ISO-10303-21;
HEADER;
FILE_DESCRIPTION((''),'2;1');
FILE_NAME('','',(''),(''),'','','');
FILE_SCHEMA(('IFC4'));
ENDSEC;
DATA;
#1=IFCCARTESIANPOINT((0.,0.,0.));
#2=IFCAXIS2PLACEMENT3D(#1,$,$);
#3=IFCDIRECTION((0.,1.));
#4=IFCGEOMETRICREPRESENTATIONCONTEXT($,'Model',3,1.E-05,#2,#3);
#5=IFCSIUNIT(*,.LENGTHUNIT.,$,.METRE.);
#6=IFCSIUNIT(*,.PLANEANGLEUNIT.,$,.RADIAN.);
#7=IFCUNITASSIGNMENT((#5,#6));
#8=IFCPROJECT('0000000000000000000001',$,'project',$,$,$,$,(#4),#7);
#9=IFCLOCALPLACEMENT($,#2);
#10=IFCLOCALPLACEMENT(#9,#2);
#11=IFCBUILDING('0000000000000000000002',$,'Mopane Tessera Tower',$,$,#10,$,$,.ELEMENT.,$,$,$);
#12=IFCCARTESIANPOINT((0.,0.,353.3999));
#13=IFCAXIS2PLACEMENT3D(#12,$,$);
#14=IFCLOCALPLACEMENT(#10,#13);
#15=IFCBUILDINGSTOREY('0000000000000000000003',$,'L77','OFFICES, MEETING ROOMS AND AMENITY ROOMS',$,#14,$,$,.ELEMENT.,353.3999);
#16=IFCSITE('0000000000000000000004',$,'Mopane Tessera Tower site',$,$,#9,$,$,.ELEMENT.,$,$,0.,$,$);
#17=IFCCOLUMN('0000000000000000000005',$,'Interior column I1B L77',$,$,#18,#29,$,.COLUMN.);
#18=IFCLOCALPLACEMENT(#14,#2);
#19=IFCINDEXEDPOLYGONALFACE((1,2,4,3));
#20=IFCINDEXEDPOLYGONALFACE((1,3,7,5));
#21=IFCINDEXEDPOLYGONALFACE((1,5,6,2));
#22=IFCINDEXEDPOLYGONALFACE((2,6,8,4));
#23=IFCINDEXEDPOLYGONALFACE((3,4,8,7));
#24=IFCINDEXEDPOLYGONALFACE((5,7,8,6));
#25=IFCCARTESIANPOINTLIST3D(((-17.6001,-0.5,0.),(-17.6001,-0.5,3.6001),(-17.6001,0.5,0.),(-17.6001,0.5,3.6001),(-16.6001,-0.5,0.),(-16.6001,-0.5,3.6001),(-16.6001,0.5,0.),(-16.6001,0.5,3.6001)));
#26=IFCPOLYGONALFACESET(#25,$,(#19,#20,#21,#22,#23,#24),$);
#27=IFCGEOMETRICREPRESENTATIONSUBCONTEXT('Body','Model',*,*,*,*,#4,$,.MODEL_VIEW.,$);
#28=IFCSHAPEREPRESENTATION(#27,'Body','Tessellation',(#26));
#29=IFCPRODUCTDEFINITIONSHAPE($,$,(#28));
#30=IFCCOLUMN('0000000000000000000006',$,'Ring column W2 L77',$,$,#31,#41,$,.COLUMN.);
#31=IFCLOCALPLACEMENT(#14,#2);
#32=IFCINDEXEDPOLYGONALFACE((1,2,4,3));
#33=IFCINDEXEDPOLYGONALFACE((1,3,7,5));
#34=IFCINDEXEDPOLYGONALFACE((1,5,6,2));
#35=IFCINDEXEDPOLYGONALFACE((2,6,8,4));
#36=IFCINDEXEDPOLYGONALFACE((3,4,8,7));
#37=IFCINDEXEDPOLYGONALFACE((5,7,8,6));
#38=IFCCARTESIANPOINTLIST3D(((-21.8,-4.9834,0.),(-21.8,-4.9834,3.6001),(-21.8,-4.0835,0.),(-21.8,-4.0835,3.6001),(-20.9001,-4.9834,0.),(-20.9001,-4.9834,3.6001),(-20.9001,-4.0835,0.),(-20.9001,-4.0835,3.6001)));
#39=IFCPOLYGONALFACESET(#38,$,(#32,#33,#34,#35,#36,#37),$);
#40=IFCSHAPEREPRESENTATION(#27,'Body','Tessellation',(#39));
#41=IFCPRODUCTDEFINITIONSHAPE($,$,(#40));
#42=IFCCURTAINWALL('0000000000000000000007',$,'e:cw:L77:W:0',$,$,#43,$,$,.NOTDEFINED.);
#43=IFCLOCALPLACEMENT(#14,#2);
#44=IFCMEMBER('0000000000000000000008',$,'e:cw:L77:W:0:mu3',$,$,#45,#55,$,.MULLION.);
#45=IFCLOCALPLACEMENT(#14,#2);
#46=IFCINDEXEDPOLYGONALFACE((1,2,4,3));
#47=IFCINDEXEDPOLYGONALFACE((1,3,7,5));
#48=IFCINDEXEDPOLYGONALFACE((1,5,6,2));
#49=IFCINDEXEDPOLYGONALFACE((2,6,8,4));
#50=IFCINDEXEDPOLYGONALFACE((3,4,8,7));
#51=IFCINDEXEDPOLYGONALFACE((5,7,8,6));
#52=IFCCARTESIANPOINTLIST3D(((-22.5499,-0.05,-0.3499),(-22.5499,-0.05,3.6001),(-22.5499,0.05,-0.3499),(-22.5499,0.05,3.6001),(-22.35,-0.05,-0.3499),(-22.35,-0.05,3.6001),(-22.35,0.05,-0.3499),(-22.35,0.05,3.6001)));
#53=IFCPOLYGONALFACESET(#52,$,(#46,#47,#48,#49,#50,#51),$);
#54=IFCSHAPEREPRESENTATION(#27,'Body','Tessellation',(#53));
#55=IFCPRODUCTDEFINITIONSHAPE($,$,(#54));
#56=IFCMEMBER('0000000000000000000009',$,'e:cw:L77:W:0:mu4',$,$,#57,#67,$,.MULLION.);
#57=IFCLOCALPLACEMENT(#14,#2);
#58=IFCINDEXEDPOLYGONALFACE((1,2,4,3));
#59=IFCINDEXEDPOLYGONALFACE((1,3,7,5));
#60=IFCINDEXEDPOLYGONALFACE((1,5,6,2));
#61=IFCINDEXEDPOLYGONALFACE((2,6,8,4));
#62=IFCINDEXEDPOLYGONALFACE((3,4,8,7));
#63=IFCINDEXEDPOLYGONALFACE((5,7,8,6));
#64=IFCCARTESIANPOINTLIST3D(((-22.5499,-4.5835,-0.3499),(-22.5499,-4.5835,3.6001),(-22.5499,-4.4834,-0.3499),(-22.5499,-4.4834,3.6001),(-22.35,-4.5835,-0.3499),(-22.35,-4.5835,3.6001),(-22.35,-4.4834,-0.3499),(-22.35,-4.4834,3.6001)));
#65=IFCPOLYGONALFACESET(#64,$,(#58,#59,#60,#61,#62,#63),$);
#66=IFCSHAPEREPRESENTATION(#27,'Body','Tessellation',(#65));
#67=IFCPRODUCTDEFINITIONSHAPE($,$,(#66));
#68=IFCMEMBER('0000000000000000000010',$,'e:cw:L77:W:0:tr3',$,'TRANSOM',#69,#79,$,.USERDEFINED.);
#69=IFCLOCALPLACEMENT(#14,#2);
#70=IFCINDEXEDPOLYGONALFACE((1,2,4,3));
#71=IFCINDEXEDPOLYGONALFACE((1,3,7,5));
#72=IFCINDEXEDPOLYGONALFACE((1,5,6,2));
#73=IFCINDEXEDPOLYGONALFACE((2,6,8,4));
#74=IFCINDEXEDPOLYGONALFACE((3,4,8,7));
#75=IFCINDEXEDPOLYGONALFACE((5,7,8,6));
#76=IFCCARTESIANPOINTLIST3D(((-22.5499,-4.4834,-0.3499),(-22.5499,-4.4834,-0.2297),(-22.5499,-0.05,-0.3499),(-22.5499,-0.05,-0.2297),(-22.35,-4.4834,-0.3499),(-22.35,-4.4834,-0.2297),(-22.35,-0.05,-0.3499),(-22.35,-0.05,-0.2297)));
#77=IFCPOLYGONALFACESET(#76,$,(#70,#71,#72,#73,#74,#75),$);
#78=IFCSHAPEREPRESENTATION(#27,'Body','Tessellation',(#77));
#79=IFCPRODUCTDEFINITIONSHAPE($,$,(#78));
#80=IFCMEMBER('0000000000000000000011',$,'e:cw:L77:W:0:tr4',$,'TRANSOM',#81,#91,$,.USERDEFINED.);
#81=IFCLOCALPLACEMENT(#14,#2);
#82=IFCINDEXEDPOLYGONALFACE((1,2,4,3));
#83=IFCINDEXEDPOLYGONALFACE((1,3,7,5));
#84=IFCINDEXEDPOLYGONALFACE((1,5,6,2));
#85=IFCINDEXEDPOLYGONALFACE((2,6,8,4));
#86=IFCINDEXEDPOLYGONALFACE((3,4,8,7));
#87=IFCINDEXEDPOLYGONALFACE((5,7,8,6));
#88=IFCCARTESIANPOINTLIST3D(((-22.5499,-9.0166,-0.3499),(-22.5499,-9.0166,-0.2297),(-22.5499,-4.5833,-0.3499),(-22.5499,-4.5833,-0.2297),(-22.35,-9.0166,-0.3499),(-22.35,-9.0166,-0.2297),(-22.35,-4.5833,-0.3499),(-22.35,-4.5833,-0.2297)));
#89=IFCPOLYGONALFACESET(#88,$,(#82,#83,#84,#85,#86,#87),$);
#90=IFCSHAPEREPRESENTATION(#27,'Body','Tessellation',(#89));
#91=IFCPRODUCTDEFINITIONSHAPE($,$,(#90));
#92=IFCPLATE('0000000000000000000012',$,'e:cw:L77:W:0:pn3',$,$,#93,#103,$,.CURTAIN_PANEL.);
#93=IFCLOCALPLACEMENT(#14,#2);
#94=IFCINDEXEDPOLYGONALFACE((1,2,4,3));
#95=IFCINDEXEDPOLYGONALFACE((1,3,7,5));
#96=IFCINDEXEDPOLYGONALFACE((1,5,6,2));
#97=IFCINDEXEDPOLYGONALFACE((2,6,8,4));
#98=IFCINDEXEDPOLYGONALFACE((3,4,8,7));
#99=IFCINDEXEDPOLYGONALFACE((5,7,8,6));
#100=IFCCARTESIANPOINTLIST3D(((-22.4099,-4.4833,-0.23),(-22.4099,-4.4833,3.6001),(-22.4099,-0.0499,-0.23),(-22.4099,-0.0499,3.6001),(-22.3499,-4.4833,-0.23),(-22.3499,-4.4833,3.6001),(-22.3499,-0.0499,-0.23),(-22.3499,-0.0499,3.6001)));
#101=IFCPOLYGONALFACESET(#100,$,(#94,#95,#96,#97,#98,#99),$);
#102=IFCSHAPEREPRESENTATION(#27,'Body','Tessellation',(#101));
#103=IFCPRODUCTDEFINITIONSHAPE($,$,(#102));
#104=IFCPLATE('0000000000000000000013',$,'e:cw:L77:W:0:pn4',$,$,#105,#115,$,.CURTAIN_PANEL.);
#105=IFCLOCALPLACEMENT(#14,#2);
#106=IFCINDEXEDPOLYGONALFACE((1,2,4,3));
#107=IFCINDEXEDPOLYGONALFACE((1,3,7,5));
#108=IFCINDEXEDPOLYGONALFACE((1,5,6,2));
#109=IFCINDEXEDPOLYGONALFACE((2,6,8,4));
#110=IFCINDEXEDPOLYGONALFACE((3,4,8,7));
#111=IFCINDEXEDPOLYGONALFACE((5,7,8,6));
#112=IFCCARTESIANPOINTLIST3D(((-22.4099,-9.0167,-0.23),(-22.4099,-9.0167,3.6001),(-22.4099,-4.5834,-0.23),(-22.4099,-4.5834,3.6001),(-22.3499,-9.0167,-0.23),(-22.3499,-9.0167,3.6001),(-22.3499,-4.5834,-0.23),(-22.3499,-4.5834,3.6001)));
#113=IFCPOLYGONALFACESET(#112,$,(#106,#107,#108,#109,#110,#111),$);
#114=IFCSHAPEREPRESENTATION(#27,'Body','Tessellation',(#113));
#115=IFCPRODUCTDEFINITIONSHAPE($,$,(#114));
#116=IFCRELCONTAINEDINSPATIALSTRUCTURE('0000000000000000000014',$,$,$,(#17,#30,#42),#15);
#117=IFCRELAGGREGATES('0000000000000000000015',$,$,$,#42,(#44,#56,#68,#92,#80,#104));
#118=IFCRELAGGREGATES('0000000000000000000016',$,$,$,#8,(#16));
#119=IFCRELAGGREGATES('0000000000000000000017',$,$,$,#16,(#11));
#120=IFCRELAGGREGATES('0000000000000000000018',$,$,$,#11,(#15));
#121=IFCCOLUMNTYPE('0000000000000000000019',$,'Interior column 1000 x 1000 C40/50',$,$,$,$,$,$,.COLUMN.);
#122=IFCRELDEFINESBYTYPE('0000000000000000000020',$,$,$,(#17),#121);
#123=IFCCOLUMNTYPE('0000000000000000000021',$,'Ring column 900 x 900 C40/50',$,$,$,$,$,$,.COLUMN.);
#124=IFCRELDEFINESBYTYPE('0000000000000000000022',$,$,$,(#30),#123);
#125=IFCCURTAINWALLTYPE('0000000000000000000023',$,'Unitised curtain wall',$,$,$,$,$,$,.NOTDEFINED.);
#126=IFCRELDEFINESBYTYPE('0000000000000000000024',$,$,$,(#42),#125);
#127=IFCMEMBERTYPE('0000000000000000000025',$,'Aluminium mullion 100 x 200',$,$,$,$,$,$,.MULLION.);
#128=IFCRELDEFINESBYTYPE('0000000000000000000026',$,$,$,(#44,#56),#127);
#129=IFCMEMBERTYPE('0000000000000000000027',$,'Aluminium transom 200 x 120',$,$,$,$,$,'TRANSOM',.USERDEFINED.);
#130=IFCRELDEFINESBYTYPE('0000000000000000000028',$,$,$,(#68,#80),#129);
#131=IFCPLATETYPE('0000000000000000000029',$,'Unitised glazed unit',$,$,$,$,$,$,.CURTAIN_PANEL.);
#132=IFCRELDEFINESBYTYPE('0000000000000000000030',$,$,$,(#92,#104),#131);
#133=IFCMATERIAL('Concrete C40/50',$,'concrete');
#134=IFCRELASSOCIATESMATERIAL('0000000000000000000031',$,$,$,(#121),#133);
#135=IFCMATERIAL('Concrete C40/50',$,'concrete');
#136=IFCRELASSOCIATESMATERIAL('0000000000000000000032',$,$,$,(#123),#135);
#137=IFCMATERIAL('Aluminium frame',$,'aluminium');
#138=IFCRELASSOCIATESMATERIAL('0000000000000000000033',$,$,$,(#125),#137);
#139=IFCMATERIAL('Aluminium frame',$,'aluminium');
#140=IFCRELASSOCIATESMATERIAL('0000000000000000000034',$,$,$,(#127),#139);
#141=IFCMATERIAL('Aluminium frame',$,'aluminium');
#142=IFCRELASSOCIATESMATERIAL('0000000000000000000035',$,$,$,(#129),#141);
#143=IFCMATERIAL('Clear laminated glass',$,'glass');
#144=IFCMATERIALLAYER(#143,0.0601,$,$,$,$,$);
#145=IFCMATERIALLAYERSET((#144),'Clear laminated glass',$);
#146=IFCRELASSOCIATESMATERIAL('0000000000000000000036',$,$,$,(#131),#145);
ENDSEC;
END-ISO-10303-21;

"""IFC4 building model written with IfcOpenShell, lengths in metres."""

from ifc_helpers import new_model, si_unit, direction, frame, origin, origin_2d, place, context, subcontext, project, spatial, rectangle, extrude, material, layer, layer_set, material_profile, profile_set, type_object, element, aggregate, save


model = new_model("IFC4")

# Units and contexts
model_context = context("Model", 3, precision=1e-05, world=origin(), true_north=direction((0.0, 1.0)))
body_context = subcontext(model_context, "Body", "Model", "MODEL_VIEW")
ifc_project = project(units=[si_unit("LENGTHUNIT", "METRE"), si_unit("PLANEANGLEUNIT", "RADIAN")], contexts=[model_context])

# Site, building, storey
site_placement = place(None, origin())
site = spatial("IfcSite", under=ifc_project, at=site_placement, Name="Mopane Tessera Tower site", CompositionType="ELEMENT", RefElevation=0.0)
building_placement = place(site_placement, origin())
building = spatial("IfcBuilding", under=site, at=building_placement, Name="Mopane Tessera Tower", CompositionType="ELEMENT")
storey_placement = place(building_placement, frame((0.0, 0.0, 353.3999)))
storey = spatial("IfcBuildingStorey", under=building, at=storey_placement, Name="L77", Description="OFFICES, MEETING ROOMS AND AMENITY ROOMS", CompositionType="ELEMENT", Elevation=353.3999)

# Columns
ifc_material_1 = material(Name="Concrete C40/50", Category="concrete")
ifc_material_profile_1 = material_profile(ifc_material_1, rectangle(XDim=1.0, YDim=1.0, at=origin_2d()))
ifc_profile_set_1 = profile_set([ifc_material_profile_1], Name="Concrete C40/50")
column_type_1 = type_object("IfcColumnType", Name="Interior column 1000 x 1000 C40/50", PredefinedType="COLUMN", material=ifc_profile_set_1)
column_1_placement = place(storey_placement, frame((-17.1001, 0.0, 0.0), z_axis=(0.0, 0.0, 1.0), x_axis=(1.0, 0.0, 0.0)))
element("IfcColumn", 1, at=column_1_placement, inside=storey, type_object=column_type_1, Name="Interior column I1B L77", PredefinedType="COLUMN", context=body_context, shape_type="SweptSolid", body=[
    extrude(rectangle(XDim=1.0, YDim=1.0, at=origin_2d()), origin(), (0.0, 0.0, 1.0), 3.6001),
])
ifc_material_2 = material(Name="Concrete C40/50", Category="concrete")
ifc_material_profile_2 = material_profile(ifc_material_2, rectangle(XDim=0.8999, YDim=0.8999, at=origin_2d()))
ifc_profile_set_2 = profile_set([ifc_material_profile_2], Name="Concrete C40/50")
column_type_2 = type_object("IfcColumnType", Name="Ring column 900 x 900 C40/50", PredefinedType="COLUMN", material=ifc_profile_set_2)
column_2_placement = place(storey_placement, frame((-21.3501, -4.5334, 0.0), z_axis=(0.0, 0.0, 1.0), x_axis=(1.0, 0.0, 0.0)))
element("IfcColumn", 2, at=column_2_placement, inside=storey, type_object=column_type_2, Name="Ring column W2 L77", PredefinedType="COLUMN", context=body_context, shape_type="SweptSolid", body=[
    extrude(rectangle(XDim=0.8999, YDim=0.8999, at=origin_2d()), origin(), (0.0, 0.0, 1.0), 3.6001),
])

# Curtain wall, members, plates
ifc_material_3 = material(Name="Aluminium frame", Category="aluminium")
curtain_wall_type = type_object("IfcCurtainWallType", Name="Unitised curtain wall", PredefinedType="NOTDEFINED", material=ifc_material_3)
curtain_wall_placement = place(storey_placement, origin())
curtain_wall = element("IfcCurtainWall", 3, at=curtain_wall_placement, inside=storey, type_object=curtain_wall_type, Name="e:cw:L77:W:0", PredefinedType="NOTDEFINED")
ifc_material_4 = material(Name="Aluminium frame", Category="aluminium")
ifc_material_profile_3 = material_profile(ifc_material_4, rectangle(XDim=0.1001, YDim=0.2, at=origin_2d()))
ifc_profile_set_3 = profile_set([ifc_material_profile_3], Name="Aluminium frame")
member_type_1 = type_object("IfcMemberType", Name="Aluminium mullion 100 x 200", PredefinedType="MULLION", material=ifc_profile_set_3)
member_1_placement = place(storey_placement, frame((-22.45, 0.0, -0.3499), z_axis=(0.0, 0.0, 1.0), x_axis=(0.0, -1.0, 0.0)))
member_1 = element("IfcMember", 4, at=member_1_placement, type_object=member_type_1, Name="e:cw:L77:W:0:mu3", PredefinedType="MULLION", context=body_context, shape_type="SweptSolid", body=[
    extrude(rectangle(XDim=0.1001, YDim=0.2, at=origin_2d()), origin(), (0.0, 0.0, 1.0), 3.95),
])
member_2_placement = place(storey_placement, frame((-22.45, -4.5334, -0.3499), z_axis=(0.0, 0.0, 1.0), x_axis=(0.0, -1.0, 0.0)))
member_2 = element("IfcMember", 5, at=member_2_placement, type_object=member_type_1, Name="e:cw:L77:W:0:mu4", PredefinedType="MULLION", context=body_context, shape_type="SweptSolid", body=[
    extrude(rectangle(XDim=0.1001, YDim=0.2, at=origin_2d()), origin(), (0.0, 0.0, 1.0), 3.95),
])
ifc_material_5 = material(Name="Aluminium frame", Category="aluminium")
ifc_material_profile_4 = material_profile(ifc_material_5, rectangle(XDim=0.2, YDim=0.1201, at=origin_2d()))
ifc_profile_set_4 = profile_set([ifc_material_profile_4], Name="Aluminium frame")
member_type_2 = type_object("IfcMemberType", Name="Aluminium transom 200 x 120", ElementType="TRANSOM", PredefinedType="USERDEFINED", material=ifc_profile_set_4)
member_3_placement = place(storey_placement, frame((-22.45, -0.05, -0.2898), z_axis=(0.0, -1.0, 0.0), x_axis=(1.0, 0.0, 0.0)))
member_3 = element("IfcMember", 6, at=member_3_placement, type_object=member_type_2, Name="e:cw:L77:W:0:tr3", ObjectType="TRANSOM", PredefinedType="USERDEFINED", context=body_context, shape_type="SweptSolid", body=[
    extrude(rectangle(XDim=0.2, YDim=0.1201, at=origin_2d()), origin(), (0.0, 0.0, 1.0), 4.4333),
])
member_4_placement = place(storey_placement, frame((-22.45, -4.5833, -0.2898), z_axis=(0.0, -1.0, 0.0), x_axis=(1.0, 0.0, 0.0)))
member_4 = element("IfcMember", 7, at=member_4_placement, type_object=member_type_2, Name="e:cw:L77:W:0:tr4", ObjectType="TRANSOM", PredefinedType="USERDEFINED", context=body_context, shape_type="SweptSolid", body=[
    extrude(rectangle(XDim=0.2, YDim=0.1201, at=origin_2d()), origin(), (0.0, 0.0, 1.0), 4.4333),
])
ifc_material_6 = material(Name="Clear laminated glass", Category="glass")
ifc_layer_1 = layer(ifc_material_6, 0.0601)
ifc_layer_set_1 = layer_set([ifc_layer_1], Name="Clear laminated glass")
plate_type = type_object("IfcPlateType", Name="Unitised glazed unit", PredefinedType="CURTAIN_PANEL", material=ifc_layer_set_1)
plate_1_placement = place(storey_placement, frame((-22.3799, -2.2666, -0.23), z_axis=(0.0, 0.0, 1.0), x_axis=(0.0, -1.0, 0.0)))
plate_1 = element("IfcPlate", 8, at=plate_1_placement, type_object=plate_type, Name="e:cw:L77:W:0:pn3", PredefinedType="CURTAIN_PANEL", context=body_context, shape_type="SweptSolid", body=[
    extrude(rectangle(XDim=4.4333, YDim=0.0601, at=origin_2d()), origin(), (0.0, 0.0, 1.0), 3.8301),
])
plate_2_placement = place(storey_placement, frame((-22.3799, -6.8, -0.23), z_axis=(0.0, 0.0, 1.0), x_axis=(0.0, -1.0, 0.0)))
plate_2 = element("IfcPlate", 9, at=plate_2_placement, type_object=plate_type, Name="e:cw:L77:W:0:pn4", PredefinedType="CURTAIN_PANEL", context=body_context, shape_type="SweptSolid", body=[
    extrude(rectangle(XDim=4.4333, YDim=0.0601, at=origin_2d()), origin(), (0.0, 0.0, 1.0), 3.8301),
])
aggregate(curtain_wall, [member_1, member_2, member_3, plate_1, member_4, plate_2])

save(model, "model.ifc")
